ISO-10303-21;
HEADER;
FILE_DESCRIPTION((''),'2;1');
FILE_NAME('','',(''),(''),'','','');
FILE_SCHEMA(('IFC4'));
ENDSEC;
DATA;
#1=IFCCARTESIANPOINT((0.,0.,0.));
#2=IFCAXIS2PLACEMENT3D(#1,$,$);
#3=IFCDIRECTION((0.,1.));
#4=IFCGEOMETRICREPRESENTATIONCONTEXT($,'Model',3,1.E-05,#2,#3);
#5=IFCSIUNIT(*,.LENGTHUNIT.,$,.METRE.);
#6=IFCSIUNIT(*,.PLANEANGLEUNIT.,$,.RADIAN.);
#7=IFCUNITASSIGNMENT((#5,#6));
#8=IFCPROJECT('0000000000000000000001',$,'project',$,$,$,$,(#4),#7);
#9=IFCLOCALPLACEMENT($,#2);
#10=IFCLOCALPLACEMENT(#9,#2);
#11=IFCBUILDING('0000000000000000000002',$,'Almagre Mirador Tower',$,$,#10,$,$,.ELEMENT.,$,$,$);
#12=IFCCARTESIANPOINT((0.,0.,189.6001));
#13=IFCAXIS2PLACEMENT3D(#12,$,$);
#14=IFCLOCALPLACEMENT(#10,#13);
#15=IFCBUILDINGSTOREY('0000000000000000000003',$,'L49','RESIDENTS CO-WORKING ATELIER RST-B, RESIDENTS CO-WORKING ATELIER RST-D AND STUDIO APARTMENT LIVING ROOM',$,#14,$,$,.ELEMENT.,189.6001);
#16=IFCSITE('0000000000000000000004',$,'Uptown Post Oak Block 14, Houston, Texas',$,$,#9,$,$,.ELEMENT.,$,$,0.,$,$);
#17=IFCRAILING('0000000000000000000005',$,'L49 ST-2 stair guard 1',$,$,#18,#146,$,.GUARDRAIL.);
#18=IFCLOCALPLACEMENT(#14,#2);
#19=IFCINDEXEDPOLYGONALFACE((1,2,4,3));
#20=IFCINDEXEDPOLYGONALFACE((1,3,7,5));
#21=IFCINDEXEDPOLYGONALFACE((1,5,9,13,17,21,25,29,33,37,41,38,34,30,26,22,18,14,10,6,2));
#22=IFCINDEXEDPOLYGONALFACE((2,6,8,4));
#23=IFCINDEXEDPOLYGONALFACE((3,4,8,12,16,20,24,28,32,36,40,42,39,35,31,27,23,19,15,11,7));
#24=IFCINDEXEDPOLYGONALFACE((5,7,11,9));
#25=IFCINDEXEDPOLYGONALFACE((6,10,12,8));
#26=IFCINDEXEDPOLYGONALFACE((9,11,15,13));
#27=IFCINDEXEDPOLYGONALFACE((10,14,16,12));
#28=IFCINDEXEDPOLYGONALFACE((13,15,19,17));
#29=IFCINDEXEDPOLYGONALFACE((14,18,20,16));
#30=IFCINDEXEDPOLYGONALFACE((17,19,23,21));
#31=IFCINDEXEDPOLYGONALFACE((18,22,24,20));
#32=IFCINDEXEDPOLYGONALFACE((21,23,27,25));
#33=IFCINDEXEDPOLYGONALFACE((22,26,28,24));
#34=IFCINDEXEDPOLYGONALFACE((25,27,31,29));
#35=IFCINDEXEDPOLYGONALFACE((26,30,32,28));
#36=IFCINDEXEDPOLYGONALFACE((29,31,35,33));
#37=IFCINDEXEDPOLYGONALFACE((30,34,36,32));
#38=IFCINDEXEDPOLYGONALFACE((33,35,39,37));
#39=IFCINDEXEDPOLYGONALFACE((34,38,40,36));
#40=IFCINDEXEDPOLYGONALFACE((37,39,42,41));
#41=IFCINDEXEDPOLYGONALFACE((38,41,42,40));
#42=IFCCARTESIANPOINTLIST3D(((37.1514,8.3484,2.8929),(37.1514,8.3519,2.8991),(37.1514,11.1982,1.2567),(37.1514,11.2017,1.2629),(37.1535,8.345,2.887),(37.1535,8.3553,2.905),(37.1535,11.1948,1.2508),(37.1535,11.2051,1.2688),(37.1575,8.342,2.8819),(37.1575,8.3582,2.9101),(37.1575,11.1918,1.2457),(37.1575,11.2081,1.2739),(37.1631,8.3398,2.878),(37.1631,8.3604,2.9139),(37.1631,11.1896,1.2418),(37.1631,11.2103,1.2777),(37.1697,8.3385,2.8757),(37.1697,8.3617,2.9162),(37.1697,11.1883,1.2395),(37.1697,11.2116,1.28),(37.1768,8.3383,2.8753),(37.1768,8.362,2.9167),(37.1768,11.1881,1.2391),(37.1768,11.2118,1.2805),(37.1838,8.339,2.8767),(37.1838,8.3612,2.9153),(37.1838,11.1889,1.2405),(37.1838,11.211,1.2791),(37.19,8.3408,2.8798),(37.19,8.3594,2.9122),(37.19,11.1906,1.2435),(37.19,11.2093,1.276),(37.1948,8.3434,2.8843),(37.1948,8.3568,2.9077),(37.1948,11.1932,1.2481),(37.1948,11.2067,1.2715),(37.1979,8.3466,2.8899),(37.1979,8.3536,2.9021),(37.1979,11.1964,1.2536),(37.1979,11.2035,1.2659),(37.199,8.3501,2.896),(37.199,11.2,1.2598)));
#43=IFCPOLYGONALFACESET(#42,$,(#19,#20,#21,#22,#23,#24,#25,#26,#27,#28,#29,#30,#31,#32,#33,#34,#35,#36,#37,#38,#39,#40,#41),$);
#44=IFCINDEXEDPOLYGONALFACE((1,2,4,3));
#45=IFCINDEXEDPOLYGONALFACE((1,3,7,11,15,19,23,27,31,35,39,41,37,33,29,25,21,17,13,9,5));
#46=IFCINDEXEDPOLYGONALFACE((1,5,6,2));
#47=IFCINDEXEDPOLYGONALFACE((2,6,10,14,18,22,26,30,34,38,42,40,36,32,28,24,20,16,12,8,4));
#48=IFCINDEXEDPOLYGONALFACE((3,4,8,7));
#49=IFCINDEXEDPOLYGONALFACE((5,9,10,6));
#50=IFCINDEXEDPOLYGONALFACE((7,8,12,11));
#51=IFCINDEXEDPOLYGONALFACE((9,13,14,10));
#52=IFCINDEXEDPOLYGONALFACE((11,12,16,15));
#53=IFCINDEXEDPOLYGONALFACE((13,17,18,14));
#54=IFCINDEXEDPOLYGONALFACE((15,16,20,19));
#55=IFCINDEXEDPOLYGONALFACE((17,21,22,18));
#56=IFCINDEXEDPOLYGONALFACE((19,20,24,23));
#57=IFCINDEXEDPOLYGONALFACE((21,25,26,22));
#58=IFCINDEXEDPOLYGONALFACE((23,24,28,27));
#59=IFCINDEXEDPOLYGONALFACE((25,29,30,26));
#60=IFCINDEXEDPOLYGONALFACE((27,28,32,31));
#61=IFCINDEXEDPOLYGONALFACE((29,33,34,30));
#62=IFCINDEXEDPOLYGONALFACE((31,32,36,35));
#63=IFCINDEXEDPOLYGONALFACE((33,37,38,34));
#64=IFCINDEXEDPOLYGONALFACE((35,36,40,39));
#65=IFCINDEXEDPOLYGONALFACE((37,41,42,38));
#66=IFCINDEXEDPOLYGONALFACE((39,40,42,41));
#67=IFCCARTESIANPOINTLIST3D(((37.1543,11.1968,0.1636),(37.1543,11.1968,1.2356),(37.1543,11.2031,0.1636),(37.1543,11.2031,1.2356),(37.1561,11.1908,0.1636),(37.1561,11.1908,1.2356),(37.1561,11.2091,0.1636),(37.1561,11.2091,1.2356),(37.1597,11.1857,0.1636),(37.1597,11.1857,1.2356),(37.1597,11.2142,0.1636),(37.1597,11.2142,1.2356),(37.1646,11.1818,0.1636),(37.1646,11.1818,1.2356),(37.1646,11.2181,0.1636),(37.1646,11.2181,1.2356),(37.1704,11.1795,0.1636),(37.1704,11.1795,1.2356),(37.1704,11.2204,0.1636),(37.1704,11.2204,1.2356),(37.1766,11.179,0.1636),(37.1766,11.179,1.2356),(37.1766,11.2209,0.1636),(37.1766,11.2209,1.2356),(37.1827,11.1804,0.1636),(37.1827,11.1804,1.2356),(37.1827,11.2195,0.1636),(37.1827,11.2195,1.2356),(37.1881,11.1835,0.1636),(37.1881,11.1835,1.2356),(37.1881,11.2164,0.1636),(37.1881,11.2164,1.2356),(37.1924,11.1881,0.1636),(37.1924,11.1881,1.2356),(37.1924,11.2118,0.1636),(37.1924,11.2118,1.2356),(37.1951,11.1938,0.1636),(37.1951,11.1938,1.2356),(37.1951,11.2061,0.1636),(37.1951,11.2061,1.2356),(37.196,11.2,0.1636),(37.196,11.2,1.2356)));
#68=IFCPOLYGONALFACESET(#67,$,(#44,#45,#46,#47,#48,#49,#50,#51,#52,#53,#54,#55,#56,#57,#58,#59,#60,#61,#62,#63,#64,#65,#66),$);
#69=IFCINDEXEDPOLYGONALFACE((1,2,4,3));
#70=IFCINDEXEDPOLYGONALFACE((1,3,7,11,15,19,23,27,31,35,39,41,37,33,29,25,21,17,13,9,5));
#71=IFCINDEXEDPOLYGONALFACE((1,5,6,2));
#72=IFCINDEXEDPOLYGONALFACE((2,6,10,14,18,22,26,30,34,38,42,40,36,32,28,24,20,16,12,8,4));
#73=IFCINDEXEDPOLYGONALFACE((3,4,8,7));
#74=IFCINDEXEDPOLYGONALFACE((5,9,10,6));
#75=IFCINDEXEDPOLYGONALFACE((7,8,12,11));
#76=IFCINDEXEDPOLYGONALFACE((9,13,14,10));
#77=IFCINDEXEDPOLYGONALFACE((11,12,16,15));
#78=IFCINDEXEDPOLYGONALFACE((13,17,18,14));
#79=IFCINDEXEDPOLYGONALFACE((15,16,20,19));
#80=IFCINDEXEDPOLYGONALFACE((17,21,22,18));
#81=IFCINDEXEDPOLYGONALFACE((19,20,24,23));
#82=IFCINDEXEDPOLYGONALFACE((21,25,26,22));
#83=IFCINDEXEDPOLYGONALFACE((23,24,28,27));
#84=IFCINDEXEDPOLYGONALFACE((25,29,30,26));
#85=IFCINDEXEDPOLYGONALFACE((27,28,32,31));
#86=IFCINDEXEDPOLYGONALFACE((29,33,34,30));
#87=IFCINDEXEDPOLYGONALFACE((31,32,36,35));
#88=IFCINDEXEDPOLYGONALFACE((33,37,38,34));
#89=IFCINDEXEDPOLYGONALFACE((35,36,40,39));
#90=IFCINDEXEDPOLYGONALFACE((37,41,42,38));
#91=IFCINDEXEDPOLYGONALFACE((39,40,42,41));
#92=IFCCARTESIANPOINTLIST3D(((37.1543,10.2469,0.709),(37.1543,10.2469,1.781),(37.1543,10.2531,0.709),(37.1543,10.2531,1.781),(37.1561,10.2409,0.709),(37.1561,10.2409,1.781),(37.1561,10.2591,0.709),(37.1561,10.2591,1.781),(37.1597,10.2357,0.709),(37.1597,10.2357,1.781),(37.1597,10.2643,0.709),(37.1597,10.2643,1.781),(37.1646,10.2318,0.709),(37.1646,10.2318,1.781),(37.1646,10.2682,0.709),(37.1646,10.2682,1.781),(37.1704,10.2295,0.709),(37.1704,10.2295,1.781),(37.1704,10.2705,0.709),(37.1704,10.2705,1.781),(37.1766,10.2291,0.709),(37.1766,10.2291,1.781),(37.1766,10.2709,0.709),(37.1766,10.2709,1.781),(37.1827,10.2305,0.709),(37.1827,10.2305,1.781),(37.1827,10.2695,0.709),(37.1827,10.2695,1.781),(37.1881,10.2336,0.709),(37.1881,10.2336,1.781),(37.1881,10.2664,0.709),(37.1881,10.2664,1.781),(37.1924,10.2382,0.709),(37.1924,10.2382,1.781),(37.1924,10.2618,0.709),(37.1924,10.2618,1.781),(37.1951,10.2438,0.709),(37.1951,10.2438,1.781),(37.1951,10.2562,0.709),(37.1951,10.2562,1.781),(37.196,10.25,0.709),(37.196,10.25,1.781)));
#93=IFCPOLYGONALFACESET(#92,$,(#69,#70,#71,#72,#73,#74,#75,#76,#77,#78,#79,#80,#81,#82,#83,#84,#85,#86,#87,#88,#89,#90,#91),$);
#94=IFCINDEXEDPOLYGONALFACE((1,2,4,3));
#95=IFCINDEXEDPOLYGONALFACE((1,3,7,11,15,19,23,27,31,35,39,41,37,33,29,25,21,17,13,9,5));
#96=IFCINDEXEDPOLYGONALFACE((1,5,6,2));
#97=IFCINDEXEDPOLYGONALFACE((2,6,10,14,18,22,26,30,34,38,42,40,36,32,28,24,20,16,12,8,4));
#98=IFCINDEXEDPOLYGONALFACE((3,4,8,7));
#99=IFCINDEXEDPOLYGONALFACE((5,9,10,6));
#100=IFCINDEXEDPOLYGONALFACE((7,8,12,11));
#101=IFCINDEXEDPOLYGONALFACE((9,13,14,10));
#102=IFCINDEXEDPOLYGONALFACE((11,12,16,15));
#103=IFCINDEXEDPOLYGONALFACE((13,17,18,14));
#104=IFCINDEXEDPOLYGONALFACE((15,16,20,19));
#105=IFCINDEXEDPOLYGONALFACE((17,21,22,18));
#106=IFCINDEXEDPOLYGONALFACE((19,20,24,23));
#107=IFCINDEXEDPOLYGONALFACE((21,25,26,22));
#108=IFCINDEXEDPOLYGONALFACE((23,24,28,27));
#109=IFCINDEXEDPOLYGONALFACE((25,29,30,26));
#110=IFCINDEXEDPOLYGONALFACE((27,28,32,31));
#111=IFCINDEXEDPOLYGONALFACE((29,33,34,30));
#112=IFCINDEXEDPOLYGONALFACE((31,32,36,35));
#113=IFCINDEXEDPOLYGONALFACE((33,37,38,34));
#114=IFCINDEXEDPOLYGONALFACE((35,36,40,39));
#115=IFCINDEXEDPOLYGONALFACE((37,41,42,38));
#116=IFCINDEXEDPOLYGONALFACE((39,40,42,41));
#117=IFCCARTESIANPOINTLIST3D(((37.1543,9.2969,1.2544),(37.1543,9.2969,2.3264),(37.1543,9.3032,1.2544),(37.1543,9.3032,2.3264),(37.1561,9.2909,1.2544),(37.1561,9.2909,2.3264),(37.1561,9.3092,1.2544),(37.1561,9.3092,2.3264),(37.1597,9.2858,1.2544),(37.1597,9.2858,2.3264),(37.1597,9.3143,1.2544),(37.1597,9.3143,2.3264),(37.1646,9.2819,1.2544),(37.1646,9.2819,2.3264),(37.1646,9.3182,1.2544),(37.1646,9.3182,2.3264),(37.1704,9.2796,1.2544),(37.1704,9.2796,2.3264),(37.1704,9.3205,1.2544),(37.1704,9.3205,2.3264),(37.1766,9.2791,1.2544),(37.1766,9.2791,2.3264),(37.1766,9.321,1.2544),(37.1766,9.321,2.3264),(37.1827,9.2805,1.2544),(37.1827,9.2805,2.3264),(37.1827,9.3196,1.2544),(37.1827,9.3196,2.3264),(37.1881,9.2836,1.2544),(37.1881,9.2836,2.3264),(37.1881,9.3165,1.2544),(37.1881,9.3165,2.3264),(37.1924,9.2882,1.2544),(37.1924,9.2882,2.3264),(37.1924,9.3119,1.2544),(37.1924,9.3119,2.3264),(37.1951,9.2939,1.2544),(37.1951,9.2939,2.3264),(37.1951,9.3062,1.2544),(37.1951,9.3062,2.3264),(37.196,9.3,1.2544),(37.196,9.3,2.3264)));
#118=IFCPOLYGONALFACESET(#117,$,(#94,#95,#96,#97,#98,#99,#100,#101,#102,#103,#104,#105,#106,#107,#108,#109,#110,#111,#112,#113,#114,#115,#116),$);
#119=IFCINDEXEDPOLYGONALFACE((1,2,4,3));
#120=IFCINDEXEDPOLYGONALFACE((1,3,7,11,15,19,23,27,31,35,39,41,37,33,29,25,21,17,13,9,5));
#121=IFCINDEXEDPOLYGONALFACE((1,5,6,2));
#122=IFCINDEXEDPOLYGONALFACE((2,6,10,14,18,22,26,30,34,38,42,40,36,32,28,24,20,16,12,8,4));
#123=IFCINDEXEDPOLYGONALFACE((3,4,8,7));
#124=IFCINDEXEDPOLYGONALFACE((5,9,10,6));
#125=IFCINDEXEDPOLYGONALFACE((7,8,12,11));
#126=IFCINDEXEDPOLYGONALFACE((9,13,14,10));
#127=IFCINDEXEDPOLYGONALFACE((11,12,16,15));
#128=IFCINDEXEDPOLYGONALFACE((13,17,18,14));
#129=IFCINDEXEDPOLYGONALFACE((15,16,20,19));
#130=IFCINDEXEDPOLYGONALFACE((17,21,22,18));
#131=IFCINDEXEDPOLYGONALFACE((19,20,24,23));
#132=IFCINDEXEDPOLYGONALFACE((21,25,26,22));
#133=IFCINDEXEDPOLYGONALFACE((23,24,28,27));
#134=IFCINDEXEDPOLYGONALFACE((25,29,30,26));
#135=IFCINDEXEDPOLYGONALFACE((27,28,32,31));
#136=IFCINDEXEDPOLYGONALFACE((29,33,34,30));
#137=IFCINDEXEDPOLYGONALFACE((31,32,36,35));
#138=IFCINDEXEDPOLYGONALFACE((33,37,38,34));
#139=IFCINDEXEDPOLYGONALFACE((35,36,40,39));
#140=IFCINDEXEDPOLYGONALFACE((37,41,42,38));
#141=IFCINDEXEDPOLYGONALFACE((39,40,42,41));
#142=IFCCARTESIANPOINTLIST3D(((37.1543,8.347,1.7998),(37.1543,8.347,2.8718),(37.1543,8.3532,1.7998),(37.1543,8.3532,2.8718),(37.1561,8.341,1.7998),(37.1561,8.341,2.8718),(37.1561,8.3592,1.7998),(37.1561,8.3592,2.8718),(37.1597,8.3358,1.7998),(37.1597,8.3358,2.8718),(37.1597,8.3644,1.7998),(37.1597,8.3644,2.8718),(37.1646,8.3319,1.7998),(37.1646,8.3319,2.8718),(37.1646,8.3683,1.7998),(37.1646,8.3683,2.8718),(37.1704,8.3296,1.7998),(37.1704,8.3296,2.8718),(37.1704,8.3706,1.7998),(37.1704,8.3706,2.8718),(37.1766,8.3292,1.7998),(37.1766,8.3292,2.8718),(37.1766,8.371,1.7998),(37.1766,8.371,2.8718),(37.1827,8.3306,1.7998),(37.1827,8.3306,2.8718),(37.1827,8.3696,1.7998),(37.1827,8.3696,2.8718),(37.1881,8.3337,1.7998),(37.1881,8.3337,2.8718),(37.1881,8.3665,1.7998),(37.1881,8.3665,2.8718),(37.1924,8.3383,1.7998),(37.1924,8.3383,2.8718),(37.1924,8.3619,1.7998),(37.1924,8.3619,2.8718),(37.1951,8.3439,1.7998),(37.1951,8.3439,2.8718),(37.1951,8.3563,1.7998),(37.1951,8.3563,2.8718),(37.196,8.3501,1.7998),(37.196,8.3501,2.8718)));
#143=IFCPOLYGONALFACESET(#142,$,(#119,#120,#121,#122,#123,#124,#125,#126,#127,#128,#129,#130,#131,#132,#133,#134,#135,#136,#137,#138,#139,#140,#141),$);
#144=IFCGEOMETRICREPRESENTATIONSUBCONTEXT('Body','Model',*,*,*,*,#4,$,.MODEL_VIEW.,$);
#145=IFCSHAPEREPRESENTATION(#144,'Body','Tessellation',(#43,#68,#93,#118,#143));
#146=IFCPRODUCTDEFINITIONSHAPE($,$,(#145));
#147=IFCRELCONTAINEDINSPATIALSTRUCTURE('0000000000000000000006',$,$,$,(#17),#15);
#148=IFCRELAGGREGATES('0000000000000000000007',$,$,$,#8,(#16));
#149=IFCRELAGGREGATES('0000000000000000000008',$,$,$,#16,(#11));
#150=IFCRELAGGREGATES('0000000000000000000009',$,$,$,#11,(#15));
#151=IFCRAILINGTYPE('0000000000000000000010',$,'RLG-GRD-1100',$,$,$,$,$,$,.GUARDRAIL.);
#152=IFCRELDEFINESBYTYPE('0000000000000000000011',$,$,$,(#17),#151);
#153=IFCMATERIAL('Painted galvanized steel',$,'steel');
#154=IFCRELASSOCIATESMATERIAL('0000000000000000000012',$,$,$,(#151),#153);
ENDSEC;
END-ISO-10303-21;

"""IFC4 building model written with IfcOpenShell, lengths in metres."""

from ifc_helpers import new_model, si_unit, direction, frame, origin, origin_2d, place, context, subcontext, project, spatial, circle, extrude, material, type_object, element, save


model = new_model("IFC4")

# Units and contexts
model_context = context("Model", 3, precision=1e-05, world=origin(), true_north=direction((0.0, 1.0)))
body_context = subcontext(model_context, "Body", "Model", "MODEL_VIEW")
ifc_project = project(units=[si_unit("LENGTHUNIT", "METRE"), si_unit("PLANEANGLEUNIT", "RADIAN")], contexts=[model_context])

# Site, building, storey
site_placement = place(None, origin())
site = spatial("IfcSite", under=ifc_project, at=site_placement, Name="Uptown Post Oak Block 14, Houston, Texas", CompositionType="ELEMENT", RefElevation=0.0)
building_placement = place(site_placement, origin())
building = spatial("IfcBuilding", under=site, at=building_placement, Name="Almagre Mirador Tower", CompositionType="ELEMENT")
storey_placement = place(building_placement, frame((0.0, 0.0, 189.6001)))
storey = spatial("IfcBuildingStorey", under=building, at=storey_placement, Name="L49", Description="RESIDENTS CO-WORKING ATELIER RST-B, RESIDENTS CO-WORKING ATELIER RST-D AND STUDIO APARTMENT LIVING ROOM", CompositionType="ELEMENT", Elevation=189.6001)

# Railing
ifc_material_1 = material(Name="Painted galvanized steel", Category="steel")
railing_type_1 = type_object("IfcRailingType", Name="RLG-GRD-1100", PredefinedType="GUARDRAIL", material=ifc_material_1)
railing_1_placement = place(storey_placement, frame((37.175, 11.2, 0.1636)))
element("IfcRailing", 1, at=railing_1_placement, inside=storey, type_object=railing_type_1, Name="L49 ST-2 stair guard 1", PredefinedType="GUARDRAIL", context=body_context, shape_type="SweptSolid", body=[
    extrude(circle(Radius=0.0239, at=origin_2d()), frame((0.0, 0.0, 1.0962), z_axis=(0.0, -0.867226, 0.497914), x_axis=(1.0, 0.0, 0.0)), (0.0, 0.0, 1.0), 3.2861),
    extrude(circle(Radius=0.021, at=origin_2d()), origin(), (0.0, 0.0, 1.0), 1.072),
    extrude(circle(Radius=0.021, at=origin_2d()), frame((0.0, -0.95, 0.5454)), (0.0, 0.0, 1.0), 1.072),
    extrude(circle(Radius=0.021, at=origin_2d()), frame((0.0, -1.8999, 1.0908)), (0.0, 0.0, 1.0), 1.072),
    extrude(circle(Radius=0.021, at=origin_2d()), frame((0.0, -2.8499, 1.6362)), (0.0, 0.0, 1.0), 1.072),
])

save(model, "model.ifc")
